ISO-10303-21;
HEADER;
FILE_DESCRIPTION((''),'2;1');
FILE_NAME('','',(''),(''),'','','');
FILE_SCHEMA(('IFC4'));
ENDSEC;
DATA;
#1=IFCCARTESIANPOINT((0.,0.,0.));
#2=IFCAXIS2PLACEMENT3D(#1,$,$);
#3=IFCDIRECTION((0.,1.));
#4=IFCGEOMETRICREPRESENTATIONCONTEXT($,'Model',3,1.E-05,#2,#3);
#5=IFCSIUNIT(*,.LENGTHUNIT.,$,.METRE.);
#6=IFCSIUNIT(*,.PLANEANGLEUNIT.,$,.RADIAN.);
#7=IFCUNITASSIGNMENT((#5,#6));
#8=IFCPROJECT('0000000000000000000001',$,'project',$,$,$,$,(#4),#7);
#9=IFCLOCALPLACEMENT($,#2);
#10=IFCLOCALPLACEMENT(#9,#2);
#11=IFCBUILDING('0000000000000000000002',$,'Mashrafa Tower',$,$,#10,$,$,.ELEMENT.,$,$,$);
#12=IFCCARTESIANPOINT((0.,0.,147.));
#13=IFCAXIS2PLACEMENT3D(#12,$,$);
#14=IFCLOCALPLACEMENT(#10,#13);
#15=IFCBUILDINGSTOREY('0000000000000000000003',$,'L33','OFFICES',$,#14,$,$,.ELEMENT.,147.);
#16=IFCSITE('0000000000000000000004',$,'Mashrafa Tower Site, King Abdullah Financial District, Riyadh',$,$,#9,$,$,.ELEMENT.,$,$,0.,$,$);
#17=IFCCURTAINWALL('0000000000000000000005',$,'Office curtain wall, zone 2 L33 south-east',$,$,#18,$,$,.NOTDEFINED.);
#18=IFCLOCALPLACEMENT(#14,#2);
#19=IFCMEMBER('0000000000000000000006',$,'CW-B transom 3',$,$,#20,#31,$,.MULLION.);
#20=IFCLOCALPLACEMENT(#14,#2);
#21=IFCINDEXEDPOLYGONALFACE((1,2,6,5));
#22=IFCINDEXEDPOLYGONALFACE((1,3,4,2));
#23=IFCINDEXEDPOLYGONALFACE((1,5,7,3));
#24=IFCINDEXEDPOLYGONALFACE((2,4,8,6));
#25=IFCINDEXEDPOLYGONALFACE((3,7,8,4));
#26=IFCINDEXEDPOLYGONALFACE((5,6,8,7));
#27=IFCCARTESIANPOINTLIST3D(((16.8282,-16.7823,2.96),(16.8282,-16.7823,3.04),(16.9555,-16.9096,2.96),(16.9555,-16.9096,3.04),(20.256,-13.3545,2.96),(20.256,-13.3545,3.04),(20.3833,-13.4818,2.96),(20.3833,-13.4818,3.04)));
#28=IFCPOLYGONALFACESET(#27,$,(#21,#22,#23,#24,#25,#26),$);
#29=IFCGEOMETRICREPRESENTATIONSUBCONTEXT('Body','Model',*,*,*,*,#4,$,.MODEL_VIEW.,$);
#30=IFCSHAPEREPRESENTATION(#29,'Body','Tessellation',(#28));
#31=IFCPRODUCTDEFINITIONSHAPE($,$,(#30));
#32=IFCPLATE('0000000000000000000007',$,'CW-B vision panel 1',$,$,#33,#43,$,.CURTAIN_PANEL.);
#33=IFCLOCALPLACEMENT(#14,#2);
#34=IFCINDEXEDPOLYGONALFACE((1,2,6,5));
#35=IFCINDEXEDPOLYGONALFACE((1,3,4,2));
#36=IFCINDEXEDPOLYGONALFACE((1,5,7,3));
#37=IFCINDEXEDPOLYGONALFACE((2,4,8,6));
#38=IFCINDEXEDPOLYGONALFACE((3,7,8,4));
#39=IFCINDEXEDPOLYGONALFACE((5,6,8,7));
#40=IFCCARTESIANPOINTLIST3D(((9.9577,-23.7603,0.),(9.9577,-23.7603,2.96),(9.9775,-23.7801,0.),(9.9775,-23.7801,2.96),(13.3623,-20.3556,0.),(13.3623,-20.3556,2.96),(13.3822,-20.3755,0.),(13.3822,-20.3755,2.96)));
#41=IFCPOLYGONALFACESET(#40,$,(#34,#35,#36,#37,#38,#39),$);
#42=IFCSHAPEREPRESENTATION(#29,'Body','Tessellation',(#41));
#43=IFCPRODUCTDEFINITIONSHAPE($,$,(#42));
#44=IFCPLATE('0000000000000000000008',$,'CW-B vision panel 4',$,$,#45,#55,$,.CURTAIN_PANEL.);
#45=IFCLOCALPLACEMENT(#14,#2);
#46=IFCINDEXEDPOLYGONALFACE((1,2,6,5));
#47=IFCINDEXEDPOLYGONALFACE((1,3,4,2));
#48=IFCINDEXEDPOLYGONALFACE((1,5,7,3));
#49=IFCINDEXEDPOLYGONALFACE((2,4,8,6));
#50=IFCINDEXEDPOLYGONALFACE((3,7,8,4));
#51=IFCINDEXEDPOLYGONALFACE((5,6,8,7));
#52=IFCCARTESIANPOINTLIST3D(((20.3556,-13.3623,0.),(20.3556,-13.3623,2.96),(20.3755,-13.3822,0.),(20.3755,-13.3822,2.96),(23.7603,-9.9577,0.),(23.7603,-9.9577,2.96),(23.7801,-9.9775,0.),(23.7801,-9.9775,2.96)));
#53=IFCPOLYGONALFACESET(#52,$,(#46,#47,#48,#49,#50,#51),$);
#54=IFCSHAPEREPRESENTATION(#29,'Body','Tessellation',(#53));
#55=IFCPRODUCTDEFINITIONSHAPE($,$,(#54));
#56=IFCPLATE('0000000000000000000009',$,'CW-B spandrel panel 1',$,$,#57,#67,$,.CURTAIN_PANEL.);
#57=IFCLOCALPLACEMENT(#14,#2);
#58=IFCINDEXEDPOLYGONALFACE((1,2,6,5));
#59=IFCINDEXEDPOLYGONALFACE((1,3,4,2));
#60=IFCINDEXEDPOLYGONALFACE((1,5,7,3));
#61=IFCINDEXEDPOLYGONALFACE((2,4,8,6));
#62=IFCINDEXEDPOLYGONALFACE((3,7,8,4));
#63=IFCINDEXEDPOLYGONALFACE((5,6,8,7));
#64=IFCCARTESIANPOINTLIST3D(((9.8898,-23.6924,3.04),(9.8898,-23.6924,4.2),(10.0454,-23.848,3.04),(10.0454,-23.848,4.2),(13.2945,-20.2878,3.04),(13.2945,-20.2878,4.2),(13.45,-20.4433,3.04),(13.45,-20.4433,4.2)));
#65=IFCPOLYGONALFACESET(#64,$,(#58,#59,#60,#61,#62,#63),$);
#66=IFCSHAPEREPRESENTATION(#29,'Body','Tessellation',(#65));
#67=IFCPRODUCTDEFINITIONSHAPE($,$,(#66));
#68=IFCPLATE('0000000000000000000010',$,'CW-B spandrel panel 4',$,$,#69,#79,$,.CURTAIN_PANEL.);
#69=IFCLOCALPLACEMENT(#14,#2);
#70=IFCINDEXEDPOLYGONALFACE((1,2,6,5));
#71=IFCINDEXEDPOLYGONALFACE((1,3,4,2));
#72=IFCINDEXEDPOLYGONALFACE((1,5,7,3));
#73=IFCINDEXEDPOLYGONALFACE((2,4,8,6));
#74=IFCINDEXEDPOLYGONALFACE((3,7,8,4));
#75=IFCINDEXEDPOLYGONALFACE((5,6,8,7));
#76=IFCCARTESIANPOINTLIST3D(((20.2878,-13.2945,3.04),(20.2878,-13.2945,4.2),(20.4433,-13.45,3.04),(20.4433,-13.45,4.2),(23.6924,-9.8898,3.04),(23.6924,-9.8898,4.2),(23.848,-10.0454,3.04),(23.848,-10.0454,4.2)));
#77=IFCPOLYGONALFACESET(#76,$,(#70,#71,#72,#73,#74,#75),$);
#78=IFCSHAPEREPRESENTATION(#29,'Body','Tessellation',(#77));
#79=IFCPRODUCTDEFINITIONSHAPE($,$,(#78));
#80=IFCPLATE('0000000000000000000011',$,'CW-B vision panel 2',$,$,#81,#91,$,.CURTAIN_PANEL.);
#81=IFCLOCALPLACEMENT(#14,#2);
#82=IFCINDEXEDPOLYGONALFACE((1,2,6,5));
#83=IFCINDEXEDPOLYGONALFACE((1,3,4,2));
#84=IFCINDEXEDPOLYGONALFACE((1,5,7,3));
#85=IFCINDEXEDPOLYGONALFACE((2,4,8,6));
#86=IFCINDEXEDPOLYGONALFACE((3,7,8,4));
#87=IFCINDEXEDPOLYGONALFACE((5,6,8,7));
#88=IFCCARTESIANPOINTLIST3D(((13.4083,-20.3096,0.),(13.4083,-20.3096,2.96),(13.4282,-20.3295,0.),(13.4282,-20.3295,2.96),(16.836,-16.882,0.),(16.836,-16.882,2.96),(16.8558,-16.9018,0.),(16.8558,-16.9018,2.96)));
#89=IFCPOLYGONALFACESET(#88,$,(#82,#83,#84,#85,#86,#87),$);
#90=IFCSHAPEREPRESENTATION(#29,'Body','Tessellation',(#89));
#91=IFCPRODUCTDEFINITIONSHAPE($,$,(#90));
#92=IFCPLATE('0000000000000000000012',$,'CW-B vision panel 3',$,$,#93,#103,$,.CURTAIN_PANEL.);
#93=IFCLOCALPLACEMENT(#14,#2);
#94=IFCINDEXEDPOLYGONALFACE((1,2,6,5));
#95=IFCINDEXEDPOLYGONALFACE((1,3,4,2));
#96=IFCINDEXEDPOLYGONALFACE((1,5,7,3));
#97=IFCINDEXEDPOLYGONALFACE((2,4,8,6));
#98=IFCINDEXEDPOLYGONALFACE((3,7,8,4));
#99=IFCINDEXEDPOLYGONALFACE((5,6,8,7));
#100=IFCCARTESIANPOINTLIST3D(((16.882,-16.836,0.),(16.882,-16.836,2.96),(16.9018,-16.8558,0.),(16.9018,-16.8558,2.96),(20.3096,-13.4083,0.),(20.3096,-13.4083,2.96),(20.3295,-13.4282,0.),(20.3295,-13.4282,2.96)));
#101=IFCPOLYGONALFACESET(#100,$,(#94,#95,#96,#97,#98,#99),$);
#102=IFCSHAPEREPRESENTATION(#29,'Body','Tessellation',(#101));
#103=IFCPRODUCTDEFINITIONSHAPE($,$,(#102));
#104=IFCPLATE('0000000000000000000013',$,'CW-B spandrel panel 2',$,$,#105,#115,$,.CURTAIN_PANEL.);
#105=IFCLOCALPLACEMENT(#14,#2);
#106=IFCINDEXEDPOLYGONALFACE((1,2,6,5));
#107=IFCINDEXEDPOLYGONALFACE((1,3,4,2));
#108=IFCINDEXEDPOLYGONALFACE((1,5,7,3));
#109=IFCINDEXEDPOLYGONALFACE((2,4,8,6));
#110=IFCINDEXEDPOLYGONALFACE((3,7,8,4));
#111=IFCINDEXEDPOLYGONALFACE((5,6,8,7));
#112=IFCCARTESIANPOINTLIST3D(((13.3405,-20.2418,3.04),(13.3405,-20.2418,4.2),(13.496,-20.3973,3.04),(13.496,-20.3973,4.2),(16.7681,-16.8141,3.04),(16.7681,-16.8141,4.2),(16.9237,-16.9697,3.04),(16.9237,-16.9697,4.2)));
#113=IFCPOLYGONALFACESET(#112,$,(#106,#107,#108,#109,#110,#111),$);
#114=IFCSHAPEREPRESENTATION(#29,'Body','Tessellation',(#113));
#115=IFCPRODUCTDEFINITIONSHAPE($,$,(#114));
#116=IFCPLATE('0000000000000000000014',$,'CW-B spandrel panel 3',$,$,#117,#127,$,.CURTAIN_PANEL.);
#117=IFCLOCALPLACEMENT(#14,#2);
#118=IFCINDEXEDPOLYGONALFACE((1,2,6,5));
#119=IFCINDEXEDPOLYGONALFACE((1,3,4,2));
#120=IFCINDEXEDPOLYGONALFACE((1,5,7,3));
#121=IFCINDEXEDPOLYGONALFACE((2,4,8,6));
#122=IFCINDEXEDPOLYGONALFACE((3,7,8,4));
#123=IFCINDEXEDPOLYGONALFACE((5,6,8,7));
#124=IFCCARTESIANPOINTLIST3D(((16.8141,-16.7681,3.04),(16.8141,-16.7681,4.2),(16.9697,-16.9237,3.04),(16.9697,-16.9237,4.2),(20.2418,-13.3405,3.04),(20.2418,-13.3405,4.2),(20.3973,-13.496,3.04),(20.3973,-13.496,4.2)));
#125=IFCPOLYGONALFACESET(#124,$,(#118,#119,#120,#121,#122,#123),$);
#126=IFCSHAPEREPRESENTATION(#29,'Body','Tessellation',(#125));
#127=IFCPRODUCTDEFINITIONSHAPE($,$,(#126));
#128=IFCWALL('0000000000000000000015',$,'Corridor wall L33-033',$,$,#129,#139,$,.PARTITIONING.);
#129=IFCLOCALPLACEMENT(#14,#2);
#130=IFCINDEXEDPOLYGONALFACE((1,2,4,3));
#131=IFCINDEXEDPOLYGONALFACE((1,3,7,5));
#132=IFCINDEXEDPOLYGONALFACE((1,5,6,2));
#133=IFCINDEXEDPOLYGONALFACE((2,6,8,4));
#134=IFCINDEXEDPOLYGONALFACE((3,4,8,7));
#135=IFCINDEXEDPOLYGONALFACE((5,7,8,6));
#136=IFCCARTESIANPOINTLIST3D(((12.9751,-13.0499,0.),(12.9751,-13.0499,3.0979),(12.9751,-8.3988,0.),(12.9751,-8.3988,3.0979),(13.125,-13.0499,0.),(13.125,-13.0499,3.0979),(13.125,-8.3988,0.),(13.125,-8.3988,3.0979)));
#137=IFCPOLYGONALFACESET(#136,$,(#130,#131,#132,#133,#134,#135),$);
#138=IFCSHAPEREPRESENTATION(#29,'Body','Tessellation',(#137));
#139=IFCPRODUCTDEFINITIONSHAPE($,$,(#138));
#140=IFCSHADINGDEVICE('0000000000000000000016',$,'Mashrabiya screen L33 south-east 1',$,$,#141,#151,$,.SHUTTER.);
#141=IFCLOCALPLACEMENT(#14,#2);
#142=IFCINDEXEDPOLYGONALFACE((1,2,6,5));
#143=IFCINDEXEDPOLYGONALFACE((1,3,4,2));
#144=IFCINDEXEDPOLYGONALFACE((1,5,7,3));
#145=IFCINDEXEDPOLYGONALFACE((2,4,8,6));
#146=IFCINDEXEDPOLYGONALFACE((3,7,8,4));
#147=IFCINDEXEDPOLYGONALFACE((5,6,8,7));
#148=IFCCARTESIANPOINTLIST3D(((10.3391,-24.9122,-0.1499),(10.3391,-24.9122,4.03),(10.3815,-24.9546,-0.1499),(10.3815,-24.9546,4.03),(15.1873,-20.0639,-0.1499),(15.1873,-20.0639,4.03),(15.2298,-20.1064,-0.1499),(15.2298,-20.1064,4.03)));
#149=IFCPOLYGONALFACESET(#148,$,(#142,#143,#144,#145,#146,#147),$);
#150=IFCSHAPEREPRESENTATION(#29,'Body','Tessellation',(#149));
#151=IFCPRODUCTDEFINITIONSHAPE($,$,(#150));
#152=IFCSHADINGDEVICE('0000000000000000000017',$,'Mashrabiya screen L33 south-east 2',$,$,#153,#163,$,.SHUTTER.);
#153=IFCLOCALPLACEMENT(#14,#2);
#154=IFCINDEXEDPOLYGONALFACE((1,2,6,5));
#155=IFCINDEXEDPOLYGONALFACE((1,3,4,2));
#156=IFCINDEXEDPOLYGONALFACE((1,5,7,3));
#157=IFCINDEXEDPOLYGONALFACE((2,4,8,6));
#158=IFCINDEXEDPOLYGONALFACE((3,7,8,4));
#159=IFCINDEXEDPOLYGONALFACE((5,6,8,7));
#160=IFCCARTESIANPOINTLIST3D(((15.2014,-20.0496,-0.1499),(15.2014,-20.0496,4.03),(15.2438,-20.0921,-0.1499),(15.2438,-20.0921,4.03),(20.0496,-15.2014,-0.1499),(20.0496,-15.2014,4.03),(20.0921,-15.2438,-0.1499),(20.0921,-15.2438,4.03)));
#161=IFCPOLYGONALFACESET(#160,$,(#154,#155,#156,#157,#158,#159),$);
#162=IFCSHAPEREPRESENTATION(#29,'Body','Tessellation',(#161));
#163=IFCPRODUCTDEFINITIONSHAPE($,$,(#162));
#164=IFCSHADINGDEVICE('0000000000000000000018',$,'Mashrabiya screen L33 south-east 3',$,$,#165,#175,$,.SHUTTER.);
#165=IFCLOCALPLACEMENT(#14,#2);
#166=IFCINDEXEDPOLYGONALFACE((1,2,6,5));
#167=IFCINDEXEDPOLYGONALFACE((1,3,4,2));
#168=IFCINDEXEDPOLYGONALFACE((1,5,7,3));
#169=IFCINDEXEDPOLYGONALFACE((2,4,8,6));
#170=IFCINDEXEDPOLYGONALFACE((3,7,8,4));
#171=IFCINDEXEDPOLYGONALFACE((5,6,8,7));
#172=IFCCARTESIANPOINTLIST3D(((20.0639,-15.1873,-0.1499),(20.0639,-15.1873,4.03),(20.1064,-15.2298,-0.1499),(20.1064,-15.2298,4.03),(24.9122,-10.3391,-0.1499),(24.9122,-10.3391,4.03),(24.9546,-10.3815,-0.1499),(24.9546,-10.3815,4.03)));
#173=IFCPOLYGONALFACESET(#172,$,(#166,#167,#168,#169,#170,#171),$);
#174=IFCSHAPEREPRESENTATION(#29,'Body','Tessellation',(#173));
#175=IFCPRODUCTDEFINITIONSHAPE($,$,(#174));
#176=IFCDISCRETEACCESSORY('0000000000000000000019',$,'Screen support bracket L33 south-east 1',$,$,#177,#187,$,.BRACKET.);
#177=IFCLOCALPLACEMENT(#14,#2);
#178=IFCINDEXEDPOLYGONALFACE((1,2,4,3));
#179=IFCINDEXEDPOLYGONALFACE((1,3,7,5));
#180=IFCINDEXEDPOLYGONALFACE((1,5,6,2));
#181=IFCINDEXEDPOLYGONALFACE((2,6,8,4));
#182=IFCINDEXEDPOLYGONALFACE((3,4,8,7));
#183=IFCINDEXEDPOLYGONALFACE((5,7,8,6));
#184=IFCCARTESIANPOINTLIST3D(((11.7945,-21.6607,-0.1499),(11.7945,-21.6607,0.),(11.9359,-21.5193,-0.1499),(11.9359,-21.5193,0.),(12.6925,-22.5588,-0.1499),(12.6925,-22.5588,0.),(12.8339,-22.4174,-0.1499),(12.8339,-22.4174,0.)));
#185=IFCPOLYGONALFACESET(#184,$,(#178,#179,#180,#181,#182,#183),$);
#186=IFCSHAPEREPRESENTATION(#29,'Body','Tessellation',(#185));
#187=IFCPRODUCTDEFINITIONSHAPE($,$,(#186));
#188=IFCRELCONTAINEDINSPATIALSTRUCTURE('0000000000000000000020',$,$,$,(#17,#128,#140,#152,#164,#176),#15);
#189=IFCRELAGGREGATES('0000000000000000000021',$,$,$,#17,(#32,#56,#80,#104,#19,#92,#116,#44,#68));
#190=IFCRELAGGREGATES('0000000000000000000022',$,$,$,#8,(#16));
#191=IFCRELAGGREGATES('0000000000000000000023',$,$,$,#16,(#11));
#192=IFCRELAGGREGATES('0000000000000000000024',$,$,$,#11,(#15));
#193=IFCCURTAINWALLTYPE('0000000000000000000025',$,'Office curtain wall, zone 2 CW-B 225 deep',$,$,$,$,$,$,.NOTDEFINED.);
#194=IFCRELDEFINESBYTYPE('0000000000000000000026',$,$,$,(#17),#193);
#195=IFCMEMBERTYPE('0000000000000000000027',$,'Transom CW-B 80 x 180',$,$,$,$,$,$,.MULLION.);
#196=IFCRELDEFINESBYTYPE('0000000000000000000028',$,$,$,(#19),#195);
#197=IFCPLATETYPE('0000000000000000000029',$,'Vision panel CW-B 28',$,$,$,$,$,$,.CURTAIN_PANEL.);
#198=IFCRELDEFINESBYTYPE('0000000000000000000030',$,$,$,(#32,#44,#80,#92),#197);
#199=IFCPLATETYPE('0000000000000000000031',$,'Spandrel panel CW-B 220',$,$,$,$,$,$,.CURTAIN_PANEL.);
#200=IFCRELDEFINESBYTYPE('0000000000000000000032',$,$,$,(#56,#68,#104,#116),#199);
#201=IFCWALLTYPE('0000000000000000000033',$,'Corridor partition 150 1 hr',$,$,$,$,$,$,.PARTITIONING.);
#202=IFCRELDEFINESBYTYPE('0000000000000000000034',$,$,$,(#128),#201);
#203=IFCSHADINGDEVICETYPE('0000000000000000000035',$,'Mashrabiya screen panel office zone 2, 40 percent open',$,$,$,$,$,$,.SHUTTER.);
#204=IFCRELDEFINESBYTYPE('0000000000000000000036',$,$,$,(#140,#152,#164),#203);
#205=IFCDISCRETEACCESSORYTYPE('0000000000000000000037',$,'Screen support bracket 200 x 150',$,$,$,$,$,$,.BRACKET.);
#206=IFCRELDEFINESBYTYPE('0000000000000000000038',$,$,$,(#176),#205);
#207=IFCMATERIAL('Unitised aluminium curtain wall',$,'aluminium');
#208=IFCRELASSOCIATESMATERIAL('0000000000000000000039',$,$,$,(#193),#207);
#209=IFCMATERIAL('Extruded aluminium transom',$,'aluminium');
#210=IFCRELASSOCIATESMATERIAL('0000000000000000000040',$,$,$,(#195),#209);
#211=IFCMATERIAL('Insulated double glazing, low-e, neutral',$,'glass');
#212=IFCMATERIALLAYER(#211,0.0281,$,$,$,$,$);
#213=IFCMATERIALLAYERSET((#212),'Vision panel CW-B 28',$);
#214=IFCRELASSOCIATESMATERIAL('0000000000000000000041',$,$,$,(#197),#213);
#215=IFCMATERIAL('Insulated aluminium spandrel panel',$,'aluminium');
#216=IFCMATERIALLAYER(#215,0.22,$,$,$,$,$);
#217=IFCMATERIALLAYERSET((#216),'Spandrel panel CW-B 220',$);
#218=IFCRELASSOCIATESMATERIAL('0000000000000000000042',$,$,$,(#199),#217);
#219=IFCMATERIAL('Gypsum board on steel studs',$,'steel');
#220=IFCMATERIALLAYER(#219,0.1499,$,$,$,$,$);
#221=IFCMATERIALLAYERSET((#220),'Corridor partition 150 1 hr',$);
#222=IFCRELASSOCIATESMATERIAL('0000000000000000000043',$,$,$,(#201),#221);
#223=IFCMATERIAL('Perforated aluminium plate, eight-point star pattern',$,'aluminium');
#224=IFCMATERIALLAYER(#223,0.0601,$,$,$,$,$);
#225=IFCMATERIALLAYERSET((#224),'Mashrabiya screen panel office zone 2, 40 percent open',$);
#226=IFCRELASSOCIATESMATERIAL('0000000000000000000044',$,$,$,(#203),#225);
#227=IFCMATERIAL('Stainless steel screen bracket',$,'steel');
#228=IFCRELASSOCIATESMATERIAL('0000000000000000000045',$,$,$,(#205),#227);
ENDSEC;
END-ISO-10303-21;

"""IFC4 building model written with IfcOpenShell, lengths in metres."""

from ifc_helpers import new_model, si_unit, direction, frame, frame_2d, origin, origin_2d, place, context, subcontext, project, spatial, rectangle, extrude, source, transform, mapped, material, layer, layer_set, material_profile, profile_set, type_object, type_shapes, element, aggregate, save


model = new_model("IFC4")

# Units and contexts
model_context = context("Model", 3, precision=1e-05, world=origin(), true_north=direction((0.0, 1.0)))
body_context = subcontext(model_context, "Body", "Model", "MODEL_VIEW")
ifc_project = project(units=[si_unit("LENGTHUNIT", "METRE"), si_unit("PLANEANGLEUNIT", "RADIAN")], contexts=[model_context])

# Site, building, storey
site_placement = place(None, origin())
site = spatial("IfcSite", under=ifc_project, at=site_placement, Name="Mashrafa Tower Site, King Abdullah Financial District, Riyadh", CompositionType="ELEMENT", RefElevation=0.0)
building_placement = place(site_placement, origin())
building = spatial("IfcBuilding", under=site, at=building_placement, Name="Mashrafa Tower", CompositionType="ELEMENT")
storey_placement = place(building_placement, frame((0.0, 0.0, 147.0)))
storey = spatial("IfcBuildingStorey", under=building, at=storey_placement, Name="L33", Description="OFFICES", CompositionType="ELEMENT", Elevation=147.0)

# Curtain wall, member, plates
ifc_material_1 = material(Name="Unitised aluminium curtain wall", Category="aluminium")
curtain_wall_type = type_object("IfcCurtainWallType", Name="Office curtain wall, zone 2 CW-B 225 deep", PredefinedType="NOTDEFINED", material=ifc_material_1)
curtain_wall_placement = place(storey_placement, origin())
curtain_wall = element("IfcCurtainWall", 1, at=curtain_wall_placement, inside=storey, type_object=curtain_wall_type, Name="Office curtain wall, zone 2 L33 south-east", PredefinedType="NOTDEFINED")
ifc_material_2 = material(Name="Extruded aluminium transom", Category="aluminium")
ifc_material_profile_1 = material_profile(ifc_material_2, rectangle(XDim=0.1799, YDim=0.0801, at=origin_2d()), Name="Transom 80x180")
ifc_profile_set_1 = profile_set([ifc_material_profile_1], Name="Extruded aluminium transom")
member_type_1 = type_object("IfcMemberType", Name="Transom CW-B 80 x 180", PredefinedType="MULLION", material=ifc_profile_set_1)
shared_shape_1 = source(origin(), body_context, "Body", "SweptSolid", [
    extrude(rectangle(XDim=0.1799, YDim=0.0801, at=origin_2d()), origin(), (0.0, 0.0, 1.0), 4.8477),
])
member_1_placement = place(storey_placement, frame((16.8918, -16.8459, 3.0), z_axis=(0.707107, 0.707107, 0.0), x_axis=(-0.707107, 0.707107, 0.0)))
member_1 = element("IfcMember", 2, at=member_1_placement, type_object=member_type_1, Name="CW-B transom 3", PredefinedType="MULLION", context=body_context, shape_type="MappedRepresentation", body=[
    mapped(shared_shape_1, transform((0.0, 0.0, 0.0))),
])
ifc_material_3 = material(Name="Insulated double glazing, low-e, neutral", Category="glass")
ifc_layer_1 = layer(ifc_material_3, 0.0281)
ifc_layer_set_1 = layer_set([ifc_layer_1], Name="Vision panel CW-B 28")
plate_type_1 = type_object("IfcPlateType", Name="Vision panel CW-B 28", PredefinedType="CURTAIN_PANEL", material=ifc_layer_set_1)
shared_shape_2 = source(origin(), body_context, "Body", "SweptSolid", [
    extrude(rectangle(XDim=4.8149, YDim=0.0281, at=origin_2d()), origin(), (0.0, 0.0, 1.0), 2.96),
])
plate_1_placement = place(storey_placement, frame((11.6699, -22.0679, 0.0), z_axis=(0.0, 0.0, 1.0), x_axis=(0.707107, 0.707107, 0.0)))
plate_1 = element("IfcPlate", 3, at=plate_1_placement, type_object=plate_type_1, Name="CW-B vision panel 1", PredefinedType="CURTAIN_PANEL", context=body_context, shape_type="MappedRepresentation", body=[
    mapped(shared_shape_2, transform((0.0, 0.0, 0.0))),
])
plate_2_placement = place(storey_placement, frame((22.0679, -11.6699, 0.0), z_axis=(0.0, 0.0, 1.0), x_axis=(0.707107, 0.707107, 0.0)))
plate_2 = element("IfcPlate", 4, at=plate_2_placement, type_object=plate_type_1, Name="CW-B vision panel 4", PredefinedType="CURTAIN_PANEL", context=body_context, shape_type="MappedRepresentation", body=[
    mapped(shared_shape_2, transform((0.0, 0.0, 0.0))),
])
ifc_material_4 = material(Name="Insulated aluminium spandrel panel", Category="aluminium")
ifc_layer_2 = layer(ifc_material_4, 0.22)
ifc_layer_set_2 = layer_set([ifc_layer_2], Name="Spandrel panel CW-B 220")
plate_type_2 = type_object("IfcPlateType", Name="Spandrel panel CW-B 220", PredefinedType="CURTAIN_PANEL", material=ifc_layer_set_2)
shared_shape_3 = source(origin(), body_context, "Body", "SweptSolid", [
    extrude(rectangle(XDim=4.8149, YDim=0.22, at=origin_2d()), origin(), (0.0, 0.0, 1.0), 1.1599),
])
plate_3_placement = place(storey_placement, frame((11.6699, -22.0679, 3.04), z_axis=(0.0, 0.0, 1.0), x_axis=(0.707107, 0.707107, 0.0)))
plate_3 = element("IfcPlate", 5, at=plate_3_placement, type_object=plate_type_2, Name="CW-B spandrel panel 1", PredefinedType="CURTAIN_PANEL", context=body_context, shape_type="MappedRepresentation", body=[
    mapped(shared_shape_3, transform((0.0, 0.0, 0.0))),
])
plate_4_placement = place(storey_placement, frame((22.0679, -11.6699, 3.04), z_axis=(0.0, 0.0, 1.0), x_axis=(0.707107, 0.707107, 0.0)))
plate_4 = element("IfcPlate", 6, at=plate_4_placement, type_object=plate_type_2, Name="CW-B spandrel panel 4", PredefinedType="CURTAIN_PANEL", context=body_context, shape_type="MappedRepresentation", body=[
    mapped(shared_shape_3, transform((0.0, 0.0, 0.0))),
])
shared_shape_4 = source(origin(), body_context, "Body", "SweptSolid", [
    extrude(rectangle(XDim=4.8474, YDim=0.0281, at=origin_2d()), origin(), (0.0, 0.0, 1.0), 2.96),
])
type_shapes(plate_type_1, [shared_shape_2, shared_shape_4])
plate_5_placement = place(storey_placement, frame((15.1321, -18.6057, 0.0), z_axis=(0.0, 0.0, 1.0), x_axis=(0.707107, 0.707107, 0.0)))
plate_5 = element("IfcPlate", 7, at=plate_5_placement, type_object=plate_type_1, Name="CW-B vision panel 2", PredefinedType="CURTAIN_PANEL", context=body_context, shape_type="MappedRepresentation", body=[
    mapped(shared_shape_4, transform((0.0, 0.0, 0.0))),
])
plate_6_placement = place(storey_placement, frame((18.6057, -15.1321, 0.0), z_axis=(0.0, 0.0, 1.0), x_axis=(0.707107, 0.707107, 0.0)))
plate_6 = element("IfcPlate", 8, at=plate_6_placement, type_object=plate_type_1, Name="CW-B vision panel 3", PredefinedType="CURTAIN_PANEL", context=body_context, shape_type="MappedRepresentation", body=[
    mapped(shared_shape_4, transform((0.0, 0.0, 0.0))),
])
shared_shape_5 = source(origin(), body_context, "Body", "SweptSolid", [
    extrude(rectangle(XDim=4.8474, YDim=0.22, at=origin_2d()), origin(), (0.0, 0.0, 1.0), 1.1599),
])
type_shapes(plate_type_2, [shared_shape_3, shared_shape_5])
plate_7_placement = place(storey_placement, frame((15.1321, -18.6057, 3.04), z_axis=(0.0, 0.0, 1.0), x_axis=(0.707107, 0.707107, 0.0)))
plate_7 = element("IfcPlate", 9, at=plate_7_placement, type_object=plate_type_2, Name="CW-B spandrel panel 2", PredefinedType="CURTAIN_PANEL", context=body_context, shape_type="MappedRepresentation", body=[
    mapped(shared_shape_5, transform((0.0, 0.0, 0.0))),
])
plate_8_placement = place(storey_placement, frame((18.6057, -15.1321, 3.04), z_axis=(0.0, 0.0, 1.0), x_axis=(0.707107, 0.707107, 0.0)))
plate_8 = element("IfcPlate", 10, at=plate_8_placement, type_object=plate_type_2, Name="CW-B spandrel panel 3", PredefinedType="CURTAIN_PANEL", context=body_context, shape_type="MappedRepresentation", body=[
    mapped(shared_shape_5, transform((0.0, 0.0, 0.0))),
])
aggregate(curtain_wall, [plate_1, plate_3, plate_5, plate_7, member_1, plate_6, plate_8, plate_2, plate_4])

# Wall
ifc_material_5 = material(Name="Gypsum board on steel studs", Category="steel")
ifc_layer_3 = layer(ifc_material_5, 0.1499)
ifc_layer_set_3 = layer_set([ifc_layer_3], Name="Corridor partition 150 1 hr")
wall_type = type_object("IfcWallType", Name="Corridor partition 150 1 hr", PredefinedType="PARTITIONING", material=ifc_layer_set_3)
wall_placement = place(storey_placement, frame((13.05, -13.05, 0.0), z_axis=(0.0, 0.0, 1.0), x_axis=(0.0, 1.0, 0.0)))
element("IfcWall", 11, at=wall_placement, inside=storey, type_object=wall_type, Name="Corridor wall L33-033", PredefinedType="PARTITIONING", context=body_context, shape_type="SweptSolid", body=[
    extrude(rectangle(XDim=4.6511, YDim=0.1499, at=frame_2d((2.3257, 0.0))), origin(), (0.0, 0.0, 1.0), 3.0979),
])

# Shading devices
ifc_material_6 = material(Name="Perforated aluminium plate, eight-point star pattern", Category="aluminium")
ifc_layer_4 = layer(ifc_material_6, 0.0601)
ifc_layer_set_4 = layer_set([ifc_layer_4], Name="Mashrabiya screen panel office zone 2, 40 percent open")
shading_device_type = type_object("IfcShadingDeviceType", Name="Mashrabiya screen panel office zone 2, 40 percent open", PredefinedType="SHUTTER", material=ifc_layer_set_4)
shared_shape_6 = source(origin(), body_context, "Body", "SweptSolid", [
    extrude(rectangle(XDim=6.8564, YDim=0.0601, at=origin_2d()), origin(), (0.0, 0.0, 1.0), 4.1799),
])
type_shapes(shading_device_type, [shared_shape_6])
for number, where, z_axis, x_axis, name in (
    (12, (12.7844, -22.5093, -0.1499), (0.0, 0.0, 1.0), (0.707107, 0.707107, 0.0), "Mashrabiya screen L33 south-east 1"),
    (13, (17.6467, -17.6467, -0.1499), (0.0, 0.0, 1.0), (0.707107, 0.707107, 0.0), "Mashrabiya screen L33 south-east 2"),
    (14, (22.5093, -12.7844, -0.1499), (0.0, 0.0, 1.0), (0.707107, 0.707107, 0.0), "Mashrabiya screen L33 south-east 3"),
):
    element("IfcShadingDevice", number, at=place(storey_placement, frame(where, z_axis=z_axis, x_axis=x_axis)), inside=storey, type_object=shading_device_type, Name=name, PredefinedType="SHUTTER", context=body_context, shape_type="MappedRepresentation", body=[
        mapped(shared_shape_6, transform((0.0, 0.0, 0.0))),
    ])

# Discrete accessory
ifc_material_7 = material(Name="Stainless steel screen bracket", Category="steel")
discrete_accessory_type = type_object("IfcDiscreteAccessoryType", Name="Screen support bracket 200 x 150", PredefinedType="BRACKET", material=ifc_material_7)
shared_shape_7 = source(origin(), body_context, "Body", "SweptSolid", [
    extrude(rectangle(XDim=0.2, YDim=1.27, at=origin_2d()), origin(), (0.0, 0.0, 1.0), 0.1499),
])
type_shapes(discrete_accessory_type, [shared_shape_7])
for number, where, z_axis, x_axis, name in (
    (15, (12.3142, -22.0391, -0.1499), (0.0, 0.0, 1.0), (0.707107, 0.707107, 0.0), "Screen support bracket L33 south-east 1"),
):
    element("IfcDiscreteAccessory", number, at=place(storey_placement, frame(where, z_axis=z_axis, x_axis=x_axis)), inside=storey, type_object=discrete_accessory_type, Name=name, PredefinedType="BRACKET", context=body_context, shape_type="MappedRepresentation", body=[
        mapped(shared_shape_7, transform((0.0, 0.0, 0.0))),
    ])

save(model, "model.ifc")
